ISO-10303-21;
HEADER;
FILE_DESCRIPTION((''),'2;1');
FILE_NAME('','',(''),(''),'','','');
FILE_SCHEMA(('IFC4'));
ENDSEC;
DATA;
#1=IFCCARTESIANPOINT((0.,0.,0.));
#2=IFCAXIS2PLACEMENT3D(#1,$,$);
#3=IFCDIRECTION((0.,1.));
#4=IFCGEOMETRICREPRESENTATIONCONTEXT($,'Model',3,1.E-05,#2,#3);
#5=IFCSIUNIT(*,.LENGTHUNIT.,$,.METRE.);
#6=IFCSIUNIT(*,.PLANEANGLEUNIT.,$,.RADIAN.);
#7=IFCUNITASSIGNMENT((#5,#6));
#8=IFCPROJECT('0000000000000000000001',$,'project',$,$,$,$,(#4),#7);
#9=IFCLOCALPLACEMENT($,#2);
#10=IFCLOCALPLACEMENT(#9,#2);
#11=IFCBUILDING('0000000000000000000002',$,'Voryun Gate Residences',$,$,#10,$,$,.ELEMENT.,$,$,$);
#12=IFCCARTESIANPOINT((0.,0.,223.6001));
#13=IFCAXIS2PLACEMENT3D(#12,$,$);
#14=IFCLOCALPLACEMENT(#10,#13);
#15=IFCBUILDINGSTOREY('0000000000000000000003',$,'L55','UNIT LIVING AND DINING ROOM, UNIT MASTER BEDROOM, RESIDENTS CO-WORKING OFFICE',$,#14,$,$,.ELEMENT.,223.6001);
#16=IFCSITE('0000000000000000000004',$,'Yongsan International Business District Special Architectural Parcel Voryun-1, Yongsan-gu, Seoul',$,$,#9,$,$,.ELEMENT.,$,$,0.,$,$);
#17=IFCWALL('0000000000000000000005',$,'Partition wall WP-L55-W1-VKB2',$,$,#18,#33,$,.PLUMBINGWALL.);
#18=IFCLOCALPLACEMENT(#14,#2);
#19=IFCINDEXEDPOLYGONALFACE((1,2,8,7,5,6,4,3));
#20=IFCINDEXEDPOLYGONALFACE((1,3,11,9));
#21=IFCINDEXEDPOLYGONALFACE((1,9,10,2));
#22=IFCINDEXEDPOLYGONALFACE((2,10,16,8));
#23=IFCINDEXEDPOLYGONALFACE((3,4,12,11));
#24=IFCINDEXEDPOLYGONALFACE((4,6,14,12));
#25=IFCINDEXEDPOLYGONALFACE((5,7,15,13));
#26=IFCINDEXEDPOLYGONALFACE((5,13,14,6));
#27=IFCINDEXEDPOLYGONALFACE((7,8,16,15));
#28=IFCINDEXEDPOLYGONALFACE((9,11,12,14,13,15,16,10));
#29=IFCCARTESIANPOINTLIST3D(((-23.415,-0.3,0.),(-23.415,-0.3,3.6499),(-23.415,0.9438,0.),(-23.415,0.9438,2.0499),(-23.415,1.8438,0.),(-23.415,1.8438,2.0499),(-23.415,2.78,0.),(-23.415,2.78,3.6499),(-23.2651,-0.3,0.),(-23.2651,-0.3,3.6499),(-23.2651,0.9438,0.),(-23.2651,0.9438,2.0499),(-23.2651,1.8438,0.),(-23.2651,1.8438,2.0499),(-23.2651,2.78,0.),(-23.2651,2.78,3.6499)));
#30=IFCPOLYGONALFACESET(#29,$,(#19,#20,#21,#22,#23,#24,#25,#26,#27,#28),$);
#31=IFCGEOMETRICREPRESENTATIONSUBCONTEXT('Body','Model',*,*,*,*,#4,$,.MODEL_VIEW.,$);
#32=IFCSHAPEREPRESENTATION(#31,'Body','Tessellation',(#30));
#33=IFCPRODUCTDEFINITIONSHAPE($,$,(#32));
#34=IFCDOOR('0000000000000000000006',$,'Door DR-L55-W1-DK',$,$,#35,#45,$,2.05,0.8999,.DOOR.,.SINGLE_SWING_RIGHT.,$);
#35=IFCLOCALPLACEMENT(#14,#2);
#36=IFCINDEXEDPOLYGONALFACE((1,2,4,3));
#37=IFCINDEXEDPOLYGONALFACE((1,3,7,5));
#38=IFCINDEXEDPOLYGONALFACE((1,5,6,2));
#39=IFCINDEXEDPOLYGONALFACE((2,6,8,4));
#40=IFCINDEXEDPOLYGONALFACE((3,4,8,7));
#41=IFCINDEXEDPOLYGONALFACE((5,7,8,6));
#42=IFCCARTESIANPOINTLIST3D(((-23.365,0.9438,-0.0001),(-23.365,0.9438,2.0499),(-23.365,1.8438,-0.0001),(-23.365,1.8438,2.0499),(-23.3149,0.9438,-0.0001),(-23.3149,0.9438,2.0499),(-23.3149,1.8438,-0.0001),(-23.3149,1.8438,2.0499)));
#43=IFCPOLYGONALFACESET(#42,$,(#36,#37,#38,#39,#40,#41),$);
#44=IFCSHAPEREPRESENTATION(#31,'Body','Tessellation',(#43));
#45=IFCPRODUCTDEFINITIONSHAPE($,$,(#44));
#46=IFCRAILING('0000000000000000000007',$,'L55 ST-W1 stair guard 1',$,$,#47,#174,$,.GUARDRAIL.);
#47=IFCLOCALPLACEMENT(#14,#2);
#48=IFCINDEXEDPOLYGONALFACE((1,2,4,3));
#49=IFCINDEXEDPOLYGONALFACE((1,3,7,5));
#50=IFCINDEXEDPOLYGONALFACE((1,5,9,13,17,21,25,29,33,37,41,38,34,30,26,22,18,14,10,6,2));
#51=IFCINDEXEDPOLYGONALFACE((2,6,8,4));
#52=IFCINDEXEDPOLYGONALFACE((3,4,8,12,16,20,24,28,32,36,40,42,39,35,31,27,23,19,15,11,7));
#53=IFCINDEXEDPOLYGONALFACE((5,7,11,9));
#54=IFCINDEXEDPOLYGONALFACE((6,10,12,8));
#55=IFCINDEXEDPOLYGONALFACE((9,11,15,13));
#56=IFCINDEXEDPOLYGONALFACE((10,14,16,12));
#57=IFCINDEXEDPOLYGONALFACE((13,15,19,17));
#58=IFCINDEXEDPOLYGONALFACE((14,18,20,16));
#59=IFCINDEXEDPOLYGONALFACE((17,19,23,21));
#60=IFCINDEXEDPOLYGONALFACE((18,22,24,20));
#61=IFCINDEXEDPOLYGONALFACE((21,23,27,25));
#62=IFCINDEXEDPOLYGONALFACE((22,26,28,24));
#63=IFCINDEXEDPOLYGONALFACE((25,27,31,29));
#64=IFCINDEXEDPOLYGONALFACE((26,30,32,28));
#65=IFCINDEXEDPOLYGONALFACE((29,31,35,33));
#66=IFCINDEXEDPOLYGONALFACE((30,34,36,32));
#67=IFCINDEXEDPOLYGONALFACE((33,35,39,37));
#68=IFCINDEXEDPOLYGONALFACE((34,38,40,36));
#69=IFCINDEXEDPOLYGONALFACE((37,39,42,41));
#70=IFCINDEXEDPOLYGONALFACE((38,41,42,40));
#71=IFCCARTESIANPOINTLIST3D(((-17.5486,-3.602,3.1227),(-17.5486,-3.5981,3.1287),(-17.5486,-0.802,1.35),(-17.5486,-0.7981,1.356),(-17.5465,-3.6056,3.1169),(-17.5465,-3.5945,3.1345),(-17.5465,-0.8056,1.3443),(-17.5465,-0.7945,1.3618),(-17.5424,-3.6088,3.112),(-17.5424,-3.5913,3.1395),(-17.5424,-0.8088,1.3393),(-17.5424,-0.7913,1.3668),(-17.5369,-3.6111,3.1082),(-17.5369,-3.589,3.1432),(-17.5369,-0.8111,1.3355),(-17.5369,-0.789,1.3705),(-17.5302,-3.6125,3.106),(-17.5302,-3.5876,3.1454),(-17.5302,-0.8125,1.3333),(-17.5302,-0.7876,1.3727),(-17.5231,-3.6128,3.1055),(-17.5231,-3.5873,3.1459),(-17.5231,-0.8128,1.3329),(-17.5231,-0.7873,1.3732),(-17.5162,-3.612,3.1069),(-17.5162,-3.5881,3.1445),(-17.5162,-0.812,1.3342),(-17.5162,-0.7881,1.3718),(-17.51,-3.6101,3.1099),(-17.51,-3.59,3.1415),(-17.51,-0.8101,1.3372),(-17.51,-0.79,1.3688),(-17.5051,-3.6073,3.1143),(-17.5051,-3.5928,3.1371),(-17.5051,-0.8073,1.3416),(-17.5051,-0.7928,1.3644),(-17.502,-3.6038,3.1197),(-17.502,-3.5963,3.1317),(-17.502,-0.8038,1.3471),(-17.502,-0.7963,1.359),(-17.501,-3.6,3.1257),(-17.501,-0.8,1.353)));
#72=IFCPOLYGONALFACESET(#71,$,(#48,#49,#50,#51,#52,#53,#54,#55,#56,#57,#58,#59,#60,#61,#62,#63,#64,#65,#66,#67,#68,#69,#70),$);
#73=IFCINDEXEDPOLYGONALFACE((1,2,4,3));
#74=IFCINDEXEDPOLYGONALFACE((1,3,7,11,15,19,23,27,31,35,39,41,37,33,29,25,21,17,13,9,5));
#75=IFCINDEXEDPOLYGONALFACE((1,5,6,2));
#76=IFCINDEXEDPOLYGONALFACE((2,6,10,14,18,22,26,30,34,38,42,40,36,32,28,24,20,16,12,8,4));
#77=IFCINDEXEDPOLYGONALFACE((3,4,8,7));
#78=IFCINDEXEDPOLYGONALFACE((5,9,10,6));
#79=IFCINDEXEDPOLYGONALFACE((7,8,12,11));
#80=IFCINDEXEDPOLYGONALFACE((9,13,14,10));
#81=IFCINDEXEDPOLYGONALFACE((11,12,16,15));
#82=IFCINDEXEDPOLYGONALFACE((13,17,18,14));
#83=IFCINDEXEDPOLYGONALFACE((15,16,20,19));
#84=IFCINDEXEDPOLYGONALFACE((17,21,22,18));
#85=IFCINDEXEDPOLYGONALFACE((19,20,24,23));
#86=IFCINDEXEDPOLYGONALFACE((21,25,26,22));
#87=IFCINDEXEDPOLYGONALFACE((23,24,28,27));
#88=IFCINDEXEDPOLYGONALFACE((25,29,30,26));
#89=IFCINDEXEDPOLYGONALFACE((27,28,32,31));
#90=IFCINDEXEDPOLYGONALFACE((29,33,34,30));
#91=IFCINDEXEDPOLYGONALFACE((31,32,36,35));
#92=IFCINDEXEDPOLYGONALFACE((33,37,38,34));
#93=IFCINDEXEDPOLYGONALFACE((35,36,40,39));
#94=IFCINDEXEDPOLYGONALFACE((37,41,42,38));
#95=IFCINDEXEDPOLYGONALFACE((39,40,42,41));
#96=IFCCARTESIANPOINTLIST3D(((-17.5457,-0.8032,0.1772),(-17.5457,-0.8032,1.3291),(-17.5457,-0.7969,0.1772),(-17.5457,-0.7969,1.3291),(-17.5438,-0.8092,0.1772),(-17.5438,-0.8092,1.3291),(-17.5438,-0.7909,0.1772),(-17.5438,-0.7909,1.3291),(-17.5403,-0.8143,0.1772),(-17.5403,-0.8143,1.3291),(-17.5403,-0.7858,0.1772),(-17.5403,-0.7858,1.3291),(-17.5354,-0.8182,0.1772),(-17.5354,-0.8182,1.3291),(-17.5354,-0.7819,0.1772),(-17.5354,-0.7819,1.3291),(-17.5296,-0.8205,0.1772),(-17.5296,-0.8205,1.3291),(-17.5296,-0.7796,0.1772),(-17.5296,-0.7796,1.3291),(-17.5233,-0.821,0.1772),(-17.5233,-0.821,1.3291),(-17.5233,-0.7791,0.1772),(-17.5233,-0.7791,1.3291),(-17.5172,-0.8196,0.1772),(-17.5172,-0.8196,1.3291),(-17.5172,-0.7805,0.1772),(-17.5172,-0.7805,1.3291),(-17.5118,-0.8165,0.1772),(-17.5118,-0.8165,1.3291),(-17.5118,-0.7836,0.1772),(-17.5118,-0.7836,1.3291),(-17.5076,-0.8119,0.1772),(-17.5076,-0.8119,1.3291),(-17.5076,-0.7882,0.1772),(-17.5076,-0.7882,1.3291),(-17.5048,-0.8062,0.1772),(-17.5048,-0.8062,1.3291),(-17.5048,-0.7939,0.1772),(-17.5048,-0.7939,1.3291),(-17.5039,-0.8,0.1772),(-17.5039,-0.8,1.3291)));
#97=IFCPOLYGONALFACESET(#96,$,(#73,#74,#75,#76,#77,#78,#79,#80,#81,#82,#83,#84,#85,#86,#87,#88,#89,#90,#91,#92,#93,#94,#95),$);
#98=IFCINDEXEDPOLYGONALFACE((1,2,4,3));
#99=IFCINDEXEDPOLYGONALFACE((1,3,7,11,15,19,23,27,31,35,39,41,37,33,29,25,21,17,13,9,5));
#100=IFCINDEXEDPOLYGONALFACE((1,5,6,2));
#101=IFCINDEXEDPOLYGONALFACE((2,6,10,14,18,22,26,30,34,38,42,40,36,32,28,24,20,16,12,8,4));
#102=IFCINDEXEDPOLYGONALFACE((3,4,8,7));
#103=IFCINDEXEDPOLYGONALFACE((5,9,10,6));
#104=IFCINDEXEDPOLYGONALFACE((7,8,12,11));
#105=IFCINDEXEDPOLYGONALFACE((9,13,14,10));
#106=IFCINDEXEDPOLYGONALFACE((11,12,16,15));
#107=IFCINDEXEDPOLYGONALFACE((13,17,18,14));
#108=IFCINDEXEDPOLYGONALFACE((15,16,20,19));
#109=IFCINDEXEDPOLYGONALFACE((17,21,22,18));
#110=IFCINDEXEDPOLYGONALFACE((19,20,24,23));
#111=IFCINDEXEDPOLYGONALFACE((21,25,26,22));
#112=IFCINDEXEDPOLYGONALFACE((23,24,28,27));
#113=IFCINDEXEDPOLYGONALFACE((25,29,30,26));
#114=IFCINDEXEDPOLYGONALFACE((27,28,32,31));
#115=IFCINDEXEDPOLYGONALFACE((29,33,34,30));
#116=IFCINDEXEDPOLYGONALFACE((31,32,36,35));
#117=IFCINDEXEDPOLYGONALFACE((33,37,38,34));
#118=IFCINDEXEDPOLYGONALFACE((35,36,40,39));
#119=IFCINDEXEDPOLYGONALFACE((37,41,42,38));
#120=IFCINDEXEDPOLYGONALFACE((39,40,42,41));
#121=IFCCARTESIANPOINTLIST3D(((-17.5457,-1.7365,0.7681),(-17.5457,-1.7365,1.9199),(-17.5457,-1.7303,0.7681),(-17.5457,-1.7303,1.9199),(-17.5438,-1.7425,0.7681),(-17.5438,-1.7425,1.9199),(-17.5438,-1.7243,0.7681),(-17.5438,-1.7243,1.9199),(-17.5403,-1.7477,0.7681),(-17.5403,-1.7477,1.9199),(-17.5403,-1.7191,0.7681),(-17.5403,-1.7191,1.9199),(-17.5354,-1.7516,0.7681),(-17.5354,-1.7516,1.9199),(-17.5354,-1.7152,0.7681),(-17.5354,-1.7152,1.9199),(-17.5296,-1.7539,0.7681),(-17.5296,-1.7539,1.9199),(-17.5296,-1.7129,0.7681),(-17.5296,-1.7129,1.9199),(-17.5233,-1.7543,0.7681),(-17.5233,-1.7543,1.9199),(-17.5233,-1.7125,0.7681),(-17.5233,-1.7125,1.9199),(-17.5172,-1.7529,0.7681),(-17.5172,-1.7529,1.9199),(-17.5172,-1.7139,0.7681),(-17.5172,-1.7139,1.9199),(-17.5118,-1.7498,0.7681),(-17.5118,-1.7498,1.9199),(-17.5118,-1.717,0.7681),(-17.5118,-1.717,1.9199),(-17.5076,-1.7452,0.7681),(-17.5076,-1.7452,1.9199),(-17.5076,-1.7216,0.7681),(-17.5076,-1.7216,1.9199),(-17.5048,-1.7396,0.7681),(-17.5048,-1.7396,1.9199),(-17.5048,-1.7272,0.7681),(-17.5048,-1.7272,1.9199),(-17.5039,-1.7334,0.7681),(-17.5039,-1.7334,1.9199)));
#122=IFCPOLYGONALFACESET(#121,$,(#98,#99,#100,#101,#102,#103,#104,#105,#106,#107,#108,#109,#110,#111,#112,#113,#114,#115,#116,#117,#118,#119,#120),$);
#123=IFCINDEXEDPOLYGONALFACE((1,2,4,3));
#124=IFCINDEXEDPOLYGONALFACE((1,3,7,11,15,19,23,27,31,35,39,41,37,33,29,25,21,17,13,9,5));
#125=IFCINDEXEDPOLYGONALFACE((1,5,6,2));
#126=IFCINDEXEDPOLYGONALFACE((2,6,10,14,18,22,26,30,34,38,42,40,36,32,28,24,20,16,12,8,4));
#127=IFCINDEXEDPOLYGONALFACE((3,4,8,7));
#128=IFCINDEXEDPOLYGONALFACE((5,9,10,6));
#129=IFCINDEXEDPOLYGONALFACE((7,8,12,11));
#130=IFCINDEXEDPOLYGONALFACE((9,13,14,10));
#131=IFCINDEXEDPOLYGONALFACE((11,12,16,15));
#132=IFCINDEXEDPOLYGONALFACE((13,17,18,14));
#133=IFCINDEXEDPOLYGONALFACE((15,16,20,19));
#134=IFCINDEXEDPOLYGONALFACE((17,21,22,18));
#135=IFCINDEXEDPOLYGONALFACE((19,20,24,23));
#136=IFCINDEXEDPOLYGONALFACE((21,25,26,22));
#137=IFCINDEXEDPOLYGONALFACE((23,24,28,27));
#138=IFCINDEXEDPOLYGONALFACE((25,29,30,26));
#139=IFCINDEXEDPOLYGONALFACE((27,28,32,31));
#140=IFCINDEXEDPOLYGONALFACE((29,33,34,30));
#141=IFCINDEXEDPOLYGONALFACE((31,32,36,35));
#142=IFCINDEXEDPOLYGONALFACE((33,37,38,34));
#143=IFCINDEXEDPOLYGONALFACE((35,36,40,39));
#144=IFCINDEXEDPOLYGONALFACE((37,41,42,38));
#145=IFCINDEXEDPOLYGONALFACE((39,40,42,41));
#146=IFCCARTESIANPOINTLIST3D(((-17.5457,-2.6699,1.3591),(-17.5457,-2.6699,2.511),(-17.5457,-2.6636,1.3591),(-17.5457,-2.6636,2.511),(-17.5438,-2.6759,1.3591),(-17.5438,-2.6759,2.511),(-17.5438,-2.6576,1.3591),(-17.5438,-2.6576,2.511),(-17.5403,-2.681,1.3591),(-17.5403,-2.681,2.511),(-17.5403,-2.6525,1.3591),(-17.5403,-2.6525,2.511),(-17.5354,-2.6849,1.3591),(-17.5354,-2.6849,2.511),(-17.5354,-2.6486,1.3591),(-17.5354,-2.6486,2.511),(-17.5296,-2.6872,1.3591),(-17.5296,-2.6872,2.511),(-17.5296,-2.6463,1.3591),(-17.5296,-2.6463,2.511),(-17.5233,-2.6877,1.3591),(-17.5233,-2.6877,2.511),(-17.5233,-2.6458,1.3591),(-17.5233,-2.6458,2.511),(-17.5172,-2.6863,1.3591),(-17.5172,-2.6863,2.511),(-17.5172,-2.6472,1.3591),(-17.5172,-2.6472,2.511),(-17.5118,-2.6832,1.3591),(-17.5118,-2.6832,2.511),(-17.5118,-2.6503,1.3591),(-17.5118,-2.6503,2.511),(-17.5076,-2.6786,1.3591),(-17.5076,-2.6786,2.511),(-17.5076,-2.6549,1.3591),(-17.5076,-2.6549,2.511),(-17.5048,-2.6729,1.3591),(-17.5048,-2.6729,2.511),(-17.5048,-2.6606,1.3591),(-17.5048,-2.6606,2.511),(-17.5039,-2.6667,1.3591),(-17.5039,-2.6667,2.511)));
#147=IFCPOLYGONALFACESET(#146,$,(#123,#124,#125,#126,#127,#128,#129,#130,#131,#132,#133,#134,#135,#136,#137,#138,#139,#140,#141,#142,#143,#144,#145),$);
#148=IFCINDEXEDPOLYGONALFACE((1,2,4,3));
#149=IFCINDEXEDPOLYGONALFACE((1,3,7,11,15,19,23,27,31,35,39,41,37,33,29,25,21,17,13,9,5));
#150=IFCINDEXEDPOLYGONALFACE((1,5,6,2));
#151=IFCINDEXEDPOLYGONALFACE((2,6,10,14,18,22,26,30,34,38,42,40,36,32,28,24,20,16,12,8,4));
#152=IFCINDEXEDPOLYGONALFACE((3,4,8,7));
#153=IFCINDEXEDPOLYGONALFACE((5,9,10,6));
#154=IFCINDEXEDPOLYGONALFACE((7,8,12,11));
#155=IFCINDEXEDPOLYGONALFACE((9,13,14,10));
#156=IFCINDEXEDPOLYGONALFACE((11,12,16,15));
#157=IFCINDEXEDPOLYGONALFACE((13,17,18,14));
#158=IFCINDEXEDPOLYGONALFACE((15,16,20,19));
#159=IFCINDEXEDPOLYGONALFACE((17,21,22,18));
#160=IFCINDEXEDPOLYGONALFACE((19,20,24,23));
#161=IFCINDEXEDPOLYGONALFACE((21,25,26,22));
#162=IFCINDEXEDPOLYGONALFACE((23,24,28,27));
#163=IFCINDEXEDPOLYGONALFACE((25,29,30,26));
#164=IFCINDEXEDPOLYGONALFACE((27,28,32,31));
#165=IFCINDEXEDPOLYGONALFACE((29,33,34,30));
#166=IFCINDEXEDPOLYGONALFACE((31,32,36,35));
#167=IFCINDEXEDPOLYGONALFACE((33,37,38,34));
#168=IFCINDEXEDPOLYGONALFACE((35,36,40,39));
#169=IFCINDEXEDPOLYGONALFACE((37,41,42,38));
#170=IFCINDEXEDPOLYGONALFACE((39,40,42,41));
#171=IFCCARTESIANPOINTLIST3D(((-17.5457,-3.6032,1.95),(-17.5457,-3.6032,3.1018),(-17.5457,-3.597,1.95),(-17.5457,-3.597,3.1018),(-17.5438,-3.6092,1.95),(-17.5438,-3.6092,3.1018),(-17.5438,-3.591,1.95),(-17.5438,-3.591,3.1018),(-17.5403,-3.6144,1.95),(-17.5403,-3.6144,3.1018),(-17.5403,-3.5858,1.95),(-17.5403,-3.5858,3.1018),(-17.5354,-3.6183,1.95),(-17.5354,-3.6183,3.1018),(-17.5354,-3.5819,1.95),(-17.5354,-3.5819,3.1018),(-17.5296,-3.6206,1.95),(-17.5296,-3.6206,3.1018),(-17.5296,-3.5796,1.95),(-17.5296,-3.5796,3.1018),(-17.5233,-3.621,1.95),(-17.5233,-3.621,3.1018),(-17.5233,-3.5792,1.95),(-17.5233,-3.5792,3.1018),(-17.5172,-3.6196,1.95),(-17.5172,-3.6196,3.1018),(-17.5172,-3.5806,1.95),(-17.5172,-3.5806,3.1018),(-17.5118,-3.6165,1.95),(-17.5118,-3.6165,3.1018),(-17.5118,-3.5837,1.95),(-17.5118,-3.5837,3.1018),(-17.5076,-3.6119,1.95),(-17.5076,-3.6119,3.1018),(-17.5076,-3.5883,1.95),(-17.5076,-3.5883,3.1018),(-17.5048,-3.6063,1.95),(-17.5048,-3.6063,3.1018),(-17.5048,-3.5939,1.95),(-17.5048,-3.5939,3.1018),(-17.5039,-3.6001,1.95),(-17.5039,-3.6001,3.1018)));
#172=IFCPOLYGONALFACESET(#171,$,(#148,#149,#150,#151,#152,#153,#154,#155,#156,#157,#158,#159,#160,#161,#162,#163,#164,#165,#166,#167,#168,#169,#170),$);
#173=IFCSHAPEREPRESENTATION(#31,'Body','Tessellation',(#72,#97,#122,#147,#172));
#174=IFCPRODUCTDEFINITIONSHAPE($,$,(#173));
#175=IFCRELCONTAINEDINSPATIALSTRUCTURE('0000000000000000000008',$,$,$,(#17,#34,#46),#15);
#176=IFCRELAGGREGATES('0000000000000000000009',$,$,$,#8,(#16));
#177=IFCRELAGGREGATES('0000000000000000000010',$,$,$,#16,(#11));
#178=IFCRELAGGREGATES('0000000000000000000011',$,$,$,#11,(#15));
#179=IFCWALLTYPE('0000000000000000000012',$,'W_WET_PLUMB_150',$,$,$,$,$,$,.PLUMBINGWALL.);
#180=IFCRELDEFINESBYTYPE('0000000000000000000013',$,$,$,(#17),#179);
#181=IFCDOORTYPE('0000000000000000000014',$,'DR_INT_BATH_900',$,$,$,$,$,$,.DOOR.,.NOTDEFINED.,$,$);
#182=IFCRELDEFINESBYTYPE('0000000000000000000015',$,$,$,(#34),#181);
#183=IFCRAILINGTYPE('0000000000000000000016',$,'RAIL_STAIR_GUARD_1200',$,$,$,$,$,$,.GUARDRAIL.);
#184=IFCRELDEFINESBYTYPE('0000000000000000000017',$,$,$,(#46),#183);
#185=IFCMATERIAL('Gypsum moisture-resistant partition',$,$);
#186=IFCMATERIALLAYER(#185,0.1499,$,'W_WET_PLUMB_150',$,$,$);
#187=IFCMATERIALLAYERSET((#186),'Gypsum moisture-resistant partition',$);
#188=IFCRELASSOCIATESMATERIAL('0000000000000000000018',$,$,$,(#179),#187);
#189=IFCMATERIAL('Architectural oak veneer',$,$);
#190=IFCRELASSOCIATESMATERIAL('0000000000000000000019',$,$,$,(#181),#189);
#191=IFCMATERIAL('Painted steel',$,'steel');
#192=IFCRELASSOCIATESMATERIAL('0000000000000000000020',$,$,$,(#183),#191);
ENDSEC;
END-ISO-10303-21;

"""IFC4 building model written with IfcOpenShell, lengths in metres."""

from ifc_helpers import new_model, si_unit, direction, frame, frame_2d, origin, origin_2d, place, context, subcontext, project, spatial, rectangle, circle, extrude, material, layer, layer_set, type_object, element, fill, save


model = new_model("IFC4")

# Units and contexts
model_context = context("Model", 3, precision=1e-05, world=origin(), true_north=direction((0.0, 1.0)))
body_context = subcontext(model_context, "Body", "Model", "MODEL_VIEW")
ifc_project = project(units=[si_unit("LENGTHUNIT", "METRE"), si_unit("PLANEANGLEUNIT", "RADIAN")], contexts=[model_context])

# Site, building, storey
site_placement = place(None, origin())
site = spatial("IfcSite", under=ifc_project, at=site_placement, Name="Yongsan International Business District Special Architectural Parcel Voryun-1, Yongsan-gu, Seoul", CompositionType="ELEMENT", RefElevation=0.0)
building_placement = place(site_placement, origin())
building = spatial("IfcBuilding", under=site, at=building_placement, Name="Voryun Gate Residences", CompositionType="ELEMENT")
storey_placement = place(building_placement, frame((0.0, 0.0, 223.6001)))
storey = spatial("IfcBuildingStorey", under=building, at=storey_placement, Name="L55", Description="UNIT LIVING AND DINING ROOM, UNIT MASTER BEDROOM, RESIDENTS CO-WORKING OFFICE", CompositionType="ELEMENT", Elevation=223.6001)

# Shared definitions
ifc_material_1 = material(Name="Gypsum moisture-resistant partition")
ifc_layer_1 = layer(ifc_material_1, 0.1499, Name="W_WET_PLUMB_150")
ifc_layer_set_1 = layer_set([ifc_layer_1], Name="Gypsum moisture-resistant partition")
wall_type_1 = type_object("IfcWallType", Name="W_WET_PLUMB_150", PredefinedType="PLUMBINGWALL", material=ifc_layer_set_1)

# Wall, opening, door
wall_1_placement = place(storey_placement, frame((-23.3401, -0.3, 0.0), z_axis=(0.0, 0.0, 1.0), x_axis=(0.0, 1.0, 0.0)))
wall_1 = element("IfcWall", 1, at=wall_1_placement, inside=storey, type_object=wall_type_1, Name="Partition wall WP-L55-W1-VKB2", PredefinedType="PLUMBINGWALL", context=body_context, shape_type="SweptSolid", body=[
    extrude(rectangle(XDim=3.0801, YDim=0.1499, at=frame_2d((1.54, 0.0))), origin(), (0.0, 0.0, 1.0), 3.6499),
])
opening_1_placement = place(wall_1_placement, frame((1.2439, 0.0, 0.0)))
opening_1 = element("IfcOpeningElement", 2, at=opening_1_placement, cuts=wall_1, PredefinedType="OPENING", context=body_context, shape_type="SweptSolid", body=[
    extrude(rectangle(XDim=0.8999, YDim=2.05, at=frame_2d((0.45, 1.0249))), frame((0.0, 0.085, 0.0), z_axis=(0.0, -1.0, 0.0), x_axis=(1.0, 0.0, 0.0)), (0.0, 0.0, 1.0), 0.1699),
])
ifc_material_2 = material(Name="Architectural oak veneer")
door_type_1 = type_object("IfcDoorType", Name="DR_INT_BATH_900", OperationType="NOTDEFINED", PredefinedType="DOOR", material=ifc_material_2)
door_1_placement = place(opening_1_placement, origin())
door_1 = element("IfcDoor", 3, at=door_1_placement, inside=storey, type_object=door_type_1, Name="Door DR-L55-W1-DK", OperationType="SINGLE_SWING_RIGHT", OverallHeight=2.05, OverallWidth=0.8999, PredefinedType="DOOR", context=body_context, shape_type="SweptSolid", body=[
    extrude(rectangle(XDim=0.8999, YDim=2.05, at=frame_2d((0.45, 1.0249))), frame((0.0, 0.0249, 0.0), z_axis=(0.0, -1.0, 0.0), x_axis=(1.0, 0.0, 0.0)), (0.0, 0.0, 1.0), 0.05),
])
fill(opening_1, door_1)

# Railing
ifc_material_3 = material(Name="Painted steel", Category="steel")
railing_type = type_object("IfcRailingType", Name="RAIL_STAIR_GUARD_1200", PredefinedType="GUARDRAIL", material=ifc_material_3)
railing_1_placement = place(storey_placement, frame((-17.5249, -0.8, 0.1772)))
element("IfcRailing", 4, at=railing_1_placement, inside=storey, type_object=railing_type, Name="L55 ST-W1 stair guard 1", PredefinedType="GUARDRAIL", context=body_context, shape_type="SweptSolid", body=[
    extrude(circle(Radius=0.0239, at=origin_2d()), frame((0.0, 0.0, 1.1758), z_axis=(0.0, -0.844909, 0.53491), x_axis=(1.0, 0.0, 0.0)), (0.0, 0.0, 1.0), 3.314),
    extrude(circle(Radius=0.021, at=origin_2d()), origin(), (0.0, 0.0, 1.0), 1.1519),
    extrude(circle(Radius=0.021, at=origin_2d()), frame((0.0, -0.9333, 0.5908)), (0.0, 0.0, 1.0), 1.1519),
    extrude(circle(Radius=0.021, at=origin_2d()), frame((0.0, -1.8667, 1.1819)), (0.0, 0.0, 1.0), 1.1519),
    extrude(circle(Radius=0.021, at=origin_2d()), frame((0.0, -2.8, 1.7727)), (0.0, 0.0, 1.0), 1.1519),
])

save(model, "model.ifc")
